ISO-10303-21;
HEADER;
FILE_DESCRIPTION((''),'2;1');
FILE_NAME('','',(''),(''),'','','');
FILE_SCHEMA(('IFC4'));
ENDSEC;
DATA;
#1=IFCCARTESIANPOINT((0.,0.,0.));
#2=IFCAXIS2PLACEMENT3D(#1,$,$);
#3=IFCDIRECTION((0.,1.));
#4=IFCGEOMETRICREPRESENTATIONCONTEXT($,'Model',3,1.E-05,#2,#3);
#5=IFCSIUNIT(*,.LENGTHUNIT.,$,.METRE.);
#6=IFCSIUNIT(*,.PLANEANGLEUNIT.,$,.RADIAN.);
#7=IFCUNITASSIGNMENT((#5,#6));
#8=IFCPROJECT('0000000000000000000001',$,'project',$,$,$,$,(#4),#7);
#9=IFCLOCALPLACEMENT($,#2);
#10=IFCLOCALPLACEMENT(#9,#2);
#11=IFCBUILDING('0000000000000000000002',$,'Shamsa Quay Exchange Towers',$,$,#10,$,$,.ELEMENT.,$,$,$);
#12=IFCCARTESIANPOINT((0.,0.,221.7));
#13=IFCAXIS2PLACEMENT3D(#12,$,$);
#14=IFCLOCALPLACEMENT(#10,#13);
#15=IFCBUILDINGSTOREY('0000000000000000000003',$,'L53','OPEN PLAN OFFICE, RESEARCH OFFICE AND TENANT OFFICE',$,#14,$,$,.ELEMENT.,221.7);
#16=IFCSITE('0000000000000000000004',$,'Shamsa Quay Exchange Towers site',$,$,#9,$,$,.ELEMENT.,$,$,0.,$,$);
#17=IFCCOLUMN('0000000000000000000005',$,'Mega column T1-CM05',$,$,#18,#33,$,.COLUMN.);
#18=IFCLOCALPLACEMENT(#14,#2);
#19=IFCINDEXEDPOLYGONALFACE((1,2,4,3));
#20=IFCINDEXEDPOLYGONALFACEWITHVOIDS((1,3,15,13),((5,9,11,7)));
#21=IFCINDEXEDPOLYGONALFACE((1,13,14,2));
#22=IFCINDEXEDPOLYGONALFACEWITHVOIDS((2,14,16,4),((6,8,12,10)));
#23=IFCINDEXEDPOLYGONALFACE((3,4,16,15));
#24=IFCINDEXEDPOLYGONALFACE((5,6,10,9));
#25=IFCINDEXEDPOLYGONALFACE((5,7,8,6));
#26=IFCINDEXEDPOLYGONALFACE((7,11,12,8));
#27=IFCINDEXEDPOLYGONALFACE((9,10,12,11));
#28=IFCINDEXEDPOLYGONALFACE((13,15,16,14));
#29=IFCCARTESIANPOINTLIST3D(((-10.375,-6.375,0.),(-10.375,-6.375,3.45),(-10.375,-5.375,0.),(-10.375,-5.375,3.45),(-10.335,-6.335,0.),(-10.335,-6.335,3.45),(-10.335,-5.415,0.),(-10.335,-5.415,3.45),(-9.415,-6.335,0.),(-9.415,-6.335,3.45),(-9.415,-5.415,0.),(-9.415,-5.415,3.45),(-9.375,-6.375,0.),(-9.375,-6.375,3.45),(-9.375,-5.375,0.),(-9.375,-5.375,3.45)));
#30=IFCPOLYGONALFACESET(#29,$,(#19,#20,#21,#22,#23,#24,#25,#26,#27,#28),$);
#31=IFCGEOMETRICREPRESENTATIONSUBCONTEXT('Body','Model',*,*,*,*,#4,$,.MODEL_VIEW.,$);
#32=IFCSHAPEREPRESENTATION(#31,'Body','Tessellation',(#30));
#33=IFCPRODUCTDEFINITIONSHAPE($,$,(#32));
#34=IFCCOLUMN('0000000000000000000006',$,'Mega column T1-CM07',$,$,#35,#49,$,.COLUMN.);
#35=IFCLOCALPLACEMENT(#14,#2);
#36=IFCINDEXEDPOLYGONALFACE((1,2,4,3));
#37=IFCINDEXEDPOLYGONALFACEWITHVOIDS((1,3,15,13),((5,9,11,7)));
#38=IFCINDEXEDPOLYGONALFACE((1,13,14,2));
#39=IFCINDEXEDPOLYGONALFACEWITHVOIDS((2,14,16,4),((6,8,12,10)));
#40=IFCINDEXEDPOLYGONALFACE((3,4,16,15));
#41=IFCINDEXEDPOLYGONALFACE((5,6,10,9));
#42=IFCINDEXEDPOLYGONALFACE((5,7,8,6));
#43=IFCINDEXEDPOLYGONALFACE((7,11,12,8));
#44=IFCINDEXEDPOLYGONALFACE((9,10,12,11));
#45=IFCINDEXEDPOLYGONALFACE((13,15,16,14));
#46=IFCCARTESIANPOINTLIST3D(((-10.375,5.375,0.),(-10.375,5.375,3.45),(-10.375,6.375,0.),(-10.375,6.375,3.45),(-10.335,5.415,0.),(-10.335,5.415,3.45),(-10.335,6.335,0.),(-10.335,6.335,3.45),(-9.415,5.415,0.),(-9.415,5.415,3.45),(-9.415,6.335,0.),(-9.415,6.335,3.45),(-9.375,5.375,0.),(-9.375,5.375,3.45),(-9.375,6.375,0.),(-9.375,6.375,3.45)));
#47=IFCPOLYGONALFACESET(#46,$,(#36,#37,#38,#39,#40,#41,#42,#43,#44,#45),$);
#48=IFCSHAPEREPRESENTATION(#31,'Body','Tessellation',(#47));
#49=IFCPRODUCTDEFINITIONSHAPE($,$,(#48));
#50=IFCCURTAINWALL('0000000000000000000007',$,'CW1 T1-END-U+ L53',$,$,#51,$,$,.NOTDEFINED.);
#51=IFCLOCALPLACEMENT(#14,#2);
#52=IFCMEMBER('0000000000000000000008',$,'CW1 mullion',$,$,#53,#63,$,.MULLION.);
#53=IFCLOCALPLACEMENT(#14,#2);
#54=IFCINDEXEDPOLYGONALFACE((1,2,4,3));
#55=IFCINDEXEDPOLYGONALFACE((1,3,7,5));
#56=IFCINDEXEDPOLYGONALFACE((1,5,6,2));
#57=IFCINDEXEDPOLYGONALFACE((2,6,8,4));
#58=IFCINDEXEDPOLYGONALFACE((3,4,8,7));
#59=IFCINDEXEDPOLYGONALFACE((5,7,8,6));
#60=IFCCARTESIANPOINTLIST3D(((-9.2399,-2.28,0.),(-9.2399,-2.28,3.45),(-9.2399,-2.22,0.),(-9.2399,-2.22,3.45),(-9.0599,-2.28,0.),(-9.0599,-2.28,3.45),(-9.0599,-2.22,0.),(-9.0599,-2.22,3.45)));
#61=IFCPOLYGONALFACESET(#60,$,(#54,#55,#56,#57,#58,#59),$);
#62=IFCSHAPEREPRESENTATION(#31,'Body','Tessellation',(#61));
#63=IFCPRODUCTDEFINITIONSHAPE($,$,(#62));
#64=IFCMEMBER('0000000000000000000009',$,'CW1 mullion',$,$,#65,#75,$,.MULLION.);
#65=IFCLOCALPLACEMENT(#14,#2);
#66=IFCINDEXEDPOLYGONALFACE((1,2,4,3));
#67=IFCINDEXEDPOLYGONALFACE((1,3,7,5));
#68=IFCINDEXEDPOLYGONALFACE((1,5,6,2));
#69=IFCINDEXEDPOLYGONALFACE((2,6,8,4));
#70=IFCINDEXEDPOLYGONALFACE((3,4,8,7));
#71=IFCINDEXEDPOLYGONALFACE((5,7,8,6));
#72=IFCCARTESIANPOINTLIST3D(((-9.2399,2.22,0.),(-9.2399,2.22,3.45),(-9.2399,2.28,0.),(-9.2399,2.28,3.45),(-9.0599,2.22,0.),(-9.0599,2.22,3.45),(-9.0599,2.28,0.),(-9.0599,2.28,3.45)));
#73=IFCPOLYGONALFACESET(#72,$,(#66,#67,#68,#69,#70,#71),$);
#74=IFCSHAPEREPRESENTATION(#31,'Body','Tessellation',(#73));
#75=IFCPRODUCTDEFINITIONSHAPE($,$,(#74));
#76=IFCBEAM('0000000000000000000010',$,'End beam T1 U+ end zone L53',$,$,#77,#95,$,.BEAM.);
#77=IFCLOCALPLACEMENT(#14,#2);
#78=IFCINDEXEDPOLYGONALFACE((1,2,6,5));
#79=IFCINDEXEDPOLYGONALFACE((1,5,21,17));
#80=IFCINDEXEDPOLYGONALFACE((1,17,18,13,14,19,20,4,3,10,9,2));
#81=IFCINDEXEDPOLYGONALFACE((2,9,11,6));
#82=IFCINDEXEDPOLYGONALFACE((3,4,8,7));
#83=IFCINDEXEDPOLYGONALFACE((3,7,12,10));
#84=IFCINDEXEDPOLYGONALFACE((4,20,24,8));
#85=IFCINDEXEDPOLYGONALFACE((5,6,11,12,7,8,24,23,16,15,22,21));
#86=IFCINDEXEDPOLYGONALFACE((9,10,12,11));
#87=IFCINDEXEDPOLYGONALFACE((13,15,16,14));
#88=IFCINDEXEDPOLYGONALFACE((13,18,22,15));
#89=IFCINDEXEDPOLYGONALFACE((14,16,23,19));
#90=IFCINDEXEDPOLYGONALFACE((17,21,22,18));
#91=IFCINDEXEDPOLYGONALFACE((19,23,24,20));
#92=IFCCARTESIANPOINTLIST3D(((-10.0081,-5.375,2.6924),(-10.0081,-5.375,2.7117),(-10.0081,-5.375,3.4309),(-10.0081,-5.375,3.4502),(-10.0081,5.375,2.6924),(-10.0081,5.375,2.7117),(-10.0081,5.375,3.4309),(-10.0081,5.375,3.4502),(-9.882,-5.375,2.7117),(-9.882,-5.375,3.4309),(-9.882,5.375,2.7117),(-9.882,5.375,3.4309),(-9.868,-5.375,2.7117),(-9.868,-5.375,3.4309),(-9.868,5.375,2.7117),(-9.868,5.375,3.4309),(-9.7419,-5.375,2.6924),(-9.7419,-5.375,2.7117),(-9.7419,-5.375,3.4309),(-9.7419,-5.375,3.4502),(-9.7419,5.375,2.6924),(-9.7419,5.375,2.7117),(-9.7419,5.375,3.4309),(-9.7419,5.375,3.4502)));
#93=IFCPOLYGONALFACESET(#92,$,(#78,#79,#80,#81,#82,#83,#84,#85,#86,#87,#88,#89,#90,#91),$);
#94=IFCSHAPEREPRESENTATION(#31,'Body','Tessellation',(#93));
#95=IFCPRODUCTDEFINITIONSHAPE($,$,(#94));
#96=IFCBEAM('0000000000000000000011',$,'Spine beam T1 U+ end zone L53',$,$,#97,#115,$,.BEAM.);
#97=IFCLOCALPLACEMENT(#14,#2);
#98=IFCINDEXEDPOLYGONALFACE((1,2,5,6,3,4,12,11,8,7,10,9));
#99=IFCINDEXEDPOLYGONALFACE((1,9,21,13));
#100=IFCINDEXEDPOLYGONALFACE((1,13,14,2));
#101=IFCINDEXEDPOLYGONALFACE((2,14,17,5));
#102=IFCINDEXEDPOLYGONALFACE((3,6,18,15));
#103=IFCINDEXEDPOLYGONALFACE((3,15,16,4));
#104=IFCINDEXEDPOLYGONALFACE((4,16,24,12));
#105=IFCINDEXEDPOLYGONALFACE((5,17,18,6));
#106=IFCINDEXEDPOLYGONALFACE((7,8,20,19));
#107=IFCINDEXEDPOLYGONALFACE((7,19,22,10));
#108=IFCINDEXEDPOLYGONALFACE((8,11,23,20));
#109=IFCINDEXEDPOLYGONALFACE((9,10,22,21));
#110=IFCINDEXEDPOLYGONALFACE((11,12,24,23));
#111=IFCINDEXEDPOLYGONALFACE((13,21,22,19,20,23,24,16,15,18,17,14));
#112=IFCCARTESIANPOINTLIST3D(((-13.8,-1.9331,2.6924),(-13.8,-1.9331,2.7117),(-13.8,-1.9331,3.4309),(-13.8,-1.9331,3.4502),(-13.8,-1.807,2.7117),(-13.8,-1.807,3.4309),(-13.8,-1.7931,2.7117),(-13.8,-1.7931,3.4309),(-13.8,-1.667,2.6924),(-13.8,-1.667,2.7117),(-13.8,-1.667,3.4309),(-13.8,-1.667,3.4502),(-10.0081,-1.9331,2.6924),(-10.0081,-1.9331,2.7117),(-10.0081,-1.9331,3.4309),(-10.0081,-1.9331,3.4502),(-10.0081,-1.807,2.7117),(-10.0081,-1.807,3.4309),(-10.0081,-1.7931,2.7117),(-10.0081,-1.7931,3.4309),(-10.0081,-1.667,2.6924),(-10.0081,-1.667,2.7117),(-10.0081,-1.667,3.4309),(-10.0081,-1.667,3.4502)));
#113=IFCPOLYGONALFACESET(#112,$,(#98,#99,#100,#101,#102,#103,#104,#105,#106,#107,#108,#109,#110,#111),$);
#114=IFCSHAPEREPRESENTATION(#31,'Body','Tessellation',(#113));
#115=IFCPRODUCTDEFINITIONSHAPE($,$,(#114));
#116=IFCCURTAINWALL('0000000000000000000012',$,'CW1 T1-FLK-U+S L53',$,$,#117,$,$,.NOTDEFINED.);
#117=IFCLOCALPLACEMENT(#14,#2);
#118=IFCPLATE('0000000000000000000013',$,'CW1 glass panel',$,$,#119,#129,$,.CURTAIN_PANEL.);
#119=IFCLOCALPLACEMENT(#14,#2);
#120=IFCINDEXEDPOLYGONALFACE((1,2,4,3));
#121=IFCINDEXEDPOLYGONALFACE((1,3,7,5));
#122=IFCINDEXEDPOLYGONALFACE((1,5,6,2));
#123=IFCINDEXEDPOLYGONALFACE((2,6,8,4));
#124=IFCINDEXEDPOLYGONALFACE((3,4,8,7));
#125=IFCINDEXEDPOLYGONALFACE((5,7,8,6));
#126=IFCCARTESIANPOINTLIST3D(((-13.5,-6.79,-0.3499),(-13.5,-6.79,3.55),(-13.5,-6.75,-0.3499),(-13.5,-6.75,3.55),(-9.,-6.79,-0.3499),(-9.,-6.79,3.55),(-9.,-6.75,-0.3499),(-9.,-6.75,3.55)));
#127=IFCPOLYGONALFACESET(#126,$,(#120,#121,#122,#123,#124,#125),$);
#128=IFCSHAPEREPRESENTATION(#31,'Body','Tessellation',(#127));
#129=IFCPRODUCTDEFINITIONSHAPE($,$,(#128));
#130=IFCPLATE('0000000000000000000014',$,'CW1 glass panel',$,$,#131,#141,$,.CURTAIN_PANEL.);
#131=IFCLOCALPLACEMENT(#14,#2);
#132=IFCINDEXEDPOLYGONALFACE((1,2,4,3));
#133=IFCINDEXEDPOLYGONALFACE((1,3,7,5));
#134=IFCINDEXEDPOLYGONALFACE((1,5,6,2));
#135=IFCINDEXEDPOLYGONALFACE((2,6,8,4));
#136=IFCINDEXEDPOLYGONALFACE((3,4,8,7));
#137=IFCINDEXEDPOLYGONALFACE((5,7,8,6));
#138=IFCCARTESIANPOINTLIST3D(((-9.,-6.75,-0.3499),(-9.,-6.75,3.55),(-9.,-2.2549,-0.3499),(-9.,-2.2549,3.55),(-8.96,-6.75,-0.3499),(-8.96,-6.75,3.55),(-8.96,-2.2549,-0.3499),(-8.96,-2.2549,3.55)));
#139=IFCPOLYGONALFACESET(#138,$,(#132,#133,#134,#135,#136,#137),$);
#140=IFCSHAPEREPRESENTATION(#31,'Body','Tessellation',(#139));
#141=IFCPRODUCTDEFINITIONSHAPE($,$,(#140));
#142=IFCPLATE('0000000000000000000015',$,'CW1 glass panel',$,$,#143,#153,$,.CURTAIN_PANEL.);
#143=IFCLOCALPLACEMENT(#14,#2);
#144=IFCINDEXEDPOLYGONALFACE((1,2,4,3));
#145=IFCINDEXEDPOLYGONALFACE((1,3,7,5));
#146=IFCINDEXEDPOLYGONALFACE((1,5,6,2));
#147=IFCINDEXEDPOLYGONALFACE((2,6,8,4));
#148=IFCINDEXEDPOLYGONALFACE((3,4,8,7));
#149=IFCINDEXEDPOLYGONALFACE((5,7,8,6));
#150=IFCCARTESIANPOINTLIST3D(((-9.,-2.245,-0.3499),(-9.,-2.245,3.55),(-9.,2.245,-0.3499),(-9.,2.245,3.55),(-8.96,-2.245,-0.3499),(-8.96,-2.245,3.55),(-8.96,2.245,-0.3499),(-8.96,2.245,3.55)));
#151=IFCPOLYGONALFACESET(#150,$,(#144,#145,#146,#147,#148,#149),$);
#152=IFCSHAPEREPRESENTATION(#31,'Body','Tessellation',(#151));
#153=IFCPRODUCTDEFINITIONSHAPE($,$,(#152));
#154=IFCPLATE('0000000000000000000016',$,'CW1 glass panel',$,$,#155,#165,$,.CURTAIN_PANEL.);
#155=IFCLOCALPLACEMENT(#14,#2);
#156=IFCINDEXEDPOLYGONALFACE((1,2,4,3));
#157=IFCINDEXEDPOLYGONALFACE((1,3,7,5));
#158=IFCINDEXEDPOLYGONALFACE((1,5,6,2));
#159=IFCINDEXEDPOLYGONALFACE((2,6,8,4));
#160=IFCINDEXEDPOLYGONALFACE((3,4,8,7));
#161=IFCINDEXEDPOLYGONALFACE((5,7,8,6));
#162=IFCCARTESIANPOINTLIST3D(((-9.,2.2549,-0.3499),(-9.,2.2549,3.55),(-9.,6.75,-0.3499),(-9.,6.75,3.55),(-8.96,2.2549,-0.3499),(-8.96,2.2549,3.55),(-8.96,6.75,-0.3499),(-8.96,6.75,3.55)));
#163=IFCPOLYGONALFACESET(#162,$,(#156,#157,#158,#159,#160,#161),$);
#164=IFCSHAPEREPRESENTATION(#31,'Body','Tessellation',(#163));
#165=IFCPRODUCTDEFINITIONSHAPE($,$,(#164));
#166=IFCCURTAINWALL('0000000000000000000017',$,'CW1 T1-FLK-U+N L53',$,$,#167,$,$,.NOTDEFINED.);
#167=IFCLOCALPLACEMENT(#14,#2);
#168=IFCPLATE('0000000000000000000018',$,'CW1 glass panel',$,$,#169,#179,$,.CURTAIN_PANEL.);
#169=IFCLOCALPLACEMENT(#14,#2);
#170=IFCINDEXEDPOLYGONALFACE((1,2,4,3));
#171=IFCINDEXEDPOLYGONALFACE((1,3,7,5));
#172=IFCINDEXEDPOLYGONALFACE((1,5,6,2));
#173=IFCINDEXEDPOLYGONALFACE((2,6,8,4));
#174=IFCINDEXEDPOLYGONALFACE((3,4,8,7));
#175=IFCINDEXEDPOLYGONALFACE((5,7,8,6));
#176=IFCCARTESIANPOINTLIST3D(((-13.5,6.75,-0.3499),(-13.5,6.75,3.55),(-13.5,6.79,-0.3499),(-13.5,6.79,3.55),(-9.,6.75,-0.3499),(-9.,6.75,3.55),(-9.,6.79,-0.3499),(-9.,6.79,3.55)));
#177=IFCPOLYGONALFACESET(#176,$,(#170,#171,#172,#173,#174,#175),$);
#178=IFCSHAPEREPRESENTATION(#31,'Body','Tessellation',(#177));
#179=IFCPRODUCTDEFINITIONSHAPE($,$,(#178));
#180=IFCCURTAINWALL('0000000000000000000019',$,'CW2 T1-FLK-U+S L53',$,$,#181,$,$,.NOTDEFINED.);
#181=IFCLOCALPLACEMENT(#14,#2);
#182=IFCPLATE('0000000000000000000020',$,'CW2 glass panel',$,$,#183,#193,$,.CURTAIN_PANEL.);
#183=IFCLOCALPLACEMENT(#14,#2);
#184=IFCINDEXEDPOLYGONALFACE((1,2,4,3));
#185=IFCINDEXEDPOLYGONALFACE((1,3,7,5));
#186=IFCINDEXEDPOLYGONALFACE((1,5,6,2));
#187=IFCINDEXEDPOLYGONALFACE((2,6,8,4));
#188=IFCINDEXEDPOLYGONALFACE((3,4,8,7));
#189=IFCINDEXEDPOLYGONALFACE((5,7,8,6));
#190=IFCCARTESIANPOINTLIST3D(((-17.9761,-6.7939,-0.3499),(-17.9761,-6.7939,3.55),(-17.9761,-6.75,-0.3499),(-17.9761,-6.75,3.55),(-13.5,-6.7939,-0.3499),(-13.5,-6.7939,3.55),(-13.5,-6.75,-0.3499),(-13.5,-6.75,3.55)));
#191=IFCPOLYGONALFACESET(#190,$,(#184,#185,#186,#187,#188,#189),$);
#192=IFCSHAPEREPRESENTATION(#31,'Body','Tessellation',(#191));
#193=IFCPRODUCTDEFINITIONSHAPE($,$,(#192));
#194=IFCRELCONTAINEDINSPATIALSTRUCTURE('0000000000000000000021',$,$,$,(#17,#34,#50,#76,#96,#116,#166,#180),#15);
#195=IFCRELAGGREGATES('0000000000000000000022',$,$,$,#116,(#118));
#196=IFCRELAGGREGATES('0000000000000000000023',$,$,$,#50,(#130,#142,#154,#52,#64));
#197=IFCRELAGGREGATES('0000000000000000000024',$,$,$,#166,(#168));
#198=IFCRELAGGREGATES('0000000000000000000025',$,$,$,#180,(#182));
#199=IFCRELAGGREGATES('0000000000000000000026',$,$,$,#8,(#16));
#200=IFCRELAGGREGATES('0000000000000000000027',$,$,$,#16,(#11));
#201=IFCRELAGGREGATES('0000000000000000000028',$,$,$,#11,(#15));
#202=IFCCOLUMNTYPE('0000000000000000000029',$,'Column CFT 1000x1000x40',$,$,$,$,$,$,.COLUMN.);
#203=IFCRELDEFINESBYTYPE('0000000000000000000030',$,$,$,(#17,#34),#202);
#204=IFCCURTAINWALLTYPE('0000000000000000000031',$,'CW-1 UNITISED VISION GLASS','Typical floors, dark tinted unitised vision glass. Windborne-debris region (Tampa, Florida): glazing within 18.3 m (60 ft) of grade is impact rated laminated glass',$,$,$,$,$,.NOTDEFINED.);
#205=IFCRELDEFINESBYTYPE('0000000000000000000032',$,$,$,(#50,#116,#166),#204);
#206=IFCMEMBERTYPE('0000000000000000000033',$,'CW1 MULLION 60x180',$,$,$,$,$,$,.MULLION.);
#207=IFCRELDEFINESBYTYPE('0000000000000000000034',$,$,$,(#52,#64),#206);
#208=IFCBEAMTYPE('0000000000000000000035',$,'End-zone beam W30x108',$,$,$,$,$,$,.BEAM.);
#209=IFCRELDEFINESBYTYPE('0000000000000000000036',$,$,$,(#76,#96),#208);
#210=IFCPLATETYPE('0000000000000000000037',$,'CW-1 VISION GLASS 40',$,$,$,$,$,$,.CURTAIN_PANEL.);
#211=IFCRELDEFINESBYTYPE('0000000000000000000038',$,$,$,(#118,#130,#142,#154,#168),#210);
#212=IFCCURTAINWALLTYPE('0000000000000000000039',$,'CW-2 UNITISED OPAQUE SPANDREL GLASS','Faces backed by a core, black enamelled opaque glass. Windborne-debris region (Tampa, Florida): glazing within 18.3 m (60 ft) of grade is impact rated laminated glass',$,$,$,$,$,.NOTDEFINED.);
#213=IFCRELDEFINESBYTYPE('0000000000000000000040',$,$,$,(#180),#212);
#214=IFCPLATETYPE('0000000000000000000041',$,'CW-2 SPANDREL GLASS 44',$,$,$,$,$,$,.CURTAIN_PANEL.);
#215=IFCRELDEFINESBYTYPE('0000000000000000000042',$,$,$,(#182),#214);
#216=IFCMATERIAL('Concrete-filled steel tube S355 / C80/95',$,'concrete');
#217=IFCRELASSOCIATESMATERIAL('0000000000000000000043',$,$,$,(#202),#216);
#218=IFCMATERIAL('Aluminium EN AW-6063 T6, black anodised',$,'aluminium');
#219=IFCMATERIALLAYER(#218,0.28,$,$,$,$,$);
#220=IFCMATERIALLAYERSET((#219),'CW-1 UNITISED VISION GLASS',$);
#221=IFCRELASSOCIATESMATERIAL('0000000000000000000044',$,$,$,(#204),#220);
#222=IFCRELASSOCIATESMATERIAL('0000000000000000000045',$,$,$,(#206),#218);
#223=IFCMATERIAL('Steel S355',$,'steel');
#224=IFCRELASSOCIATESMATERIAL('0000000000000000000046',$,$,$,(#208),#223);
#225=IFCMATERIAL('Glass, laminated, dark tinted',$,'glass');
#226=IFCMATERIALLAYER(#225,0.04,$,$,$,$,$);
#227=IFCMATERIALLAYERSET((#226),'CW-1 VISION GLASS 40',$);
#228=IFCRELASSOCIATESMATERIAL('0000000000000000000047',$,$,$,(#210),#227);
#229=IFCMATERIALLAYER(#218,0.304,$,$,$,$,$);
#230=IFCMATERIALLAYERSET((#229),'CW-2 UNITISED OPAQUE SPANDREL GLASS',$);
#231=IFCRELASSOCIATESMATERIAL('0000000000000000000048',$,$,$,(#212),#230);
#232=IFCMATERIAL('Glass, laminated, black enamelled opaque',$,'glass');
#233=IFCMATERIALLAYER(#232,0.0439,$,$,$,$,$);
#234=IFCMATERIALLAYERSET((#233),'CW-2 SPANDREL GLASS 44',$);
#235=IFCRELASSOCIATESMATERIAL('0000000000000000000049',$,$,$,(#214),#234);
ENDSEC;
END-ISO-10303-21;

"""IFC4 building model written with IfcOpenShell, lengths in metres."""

from ifc_helpers import new_model, si_unit, direction, frame, origin, origin_2d, place, context, subcontext, project, spatial, rectangle, hollow_rectangle, i_section, extrude, material, layer, layer_set, material_profile, profile_set, type_object, element, aggregate, save


model = new_model("IFC4")

# Units and contexts
model_context = context("Model", 3, precision=1e-05, world=origin(), true_north=direction((0.0, 1.0)))
body_context = subcontext(model_context, "Body", "Model", "MODEL_VIEW")
ifc_project = project(units=[si_unit("LENGTHUNIT", "METRE"), si_unit("PLANEANGLEUNIT", "RADIAN")], contexts=[model_context])

# Site, building, storey
site_placement = place(None, origin())
site = spatial("IfcSite", under=ifc_project, at=site_placement, Name="Shamsa Quay Exchange Towers site", CompositionType="ELEMENT", RefElevation=0.0)
building_placement = place(site_placement, origin())
building = spatial("IfcBuilding", under=site, at=building_placement, Name="Shamsa Quay Exchange Towers", CompositionType="ELEMENT")
storey_placement = place(building_placement, frame((0.0, 0.0, 221.7)))
storey = spatial("IfcBuildingStorey", under=building, at=storey_placement, Name="L53", Description="OPEN PLAN OFFICE, RESEARCH OFFICE AND TENANT OFFICE", CompositionType="ELEMENT", Elevation=221.7)

# Columns
ifc_material_1 = material(Name="Concrete-filled steel tube S355 / C80/95", Category="concrete")
ifc_material_profile_1 = material_profile(ifc_material_1, hollow_rectangle(XDim=1.0, YDim=1.0, WallThickness=0.04, at=origin_2d()), Name="CFT 1000x1000x40")
ifc_profile_set_1 = profile_set([ifc_material_profile_1], Name="Concrete-filled steel tube S355 / C80/95")
column_type = type_object("IfcColumnType", Name="Column CFT 1000x1000x40", PredefinedType="COLUMN", material=ifc_profile_set_1)
for number, where, name in (
    (1, (-9.875, -5.875, 0.0), "Mega column T1-CM05"),
    (2, (-9.875, 5.875, 0.0), "Mega column T1-CM07"),
):
    element("IfcColumn", number, at=place(storey_placement, frame(where)), inside=storey, type_object=column_type, Name=name, PredefinedType="COLUMN", context=body_context, shape_type="SweptSolid", body=[
        extrude(hollow_rectangle(XDim=1.0, YDim=1.0, WallThickness=0.04, at=origin_2d()), origin(), (0.0, 0.0, 1.0), 3.45),
    ])

# Curtain wall, members
ifc_material_2 = material(Name="Aluminium EN AW-6063 T6, black anodised", Category="aluminium")
ifc_layer_1 = layer(ifc_material_2, 0.28)
ifc_layer_set_1 = layer_set([ifc_layer_1], Name="CW-1 UNITISED VISION GLASS")
curtain_wall_type_1 = type_object("IfcCurtainWallType", Name="CW-1 UNITISED VISION GLASS", Description="Typical floors, dark tinted unitised vision glass. Windborne-debris region (Tampa, Florida): glazing within 18.3 m (60 ft) of grade is impact rated laminated glass", PredefinedType="NOTDEFINED", material=ifc_layer_set_1)
curtain_wall_1_placement = place(storey_placement, origin())
curtain_wall_1 = element("IfcCurtainWall", 3, at=curtain_wall_1_placement, inside=storey, type_object=curtain_wall_type_1, Name="CW1 T1-END-U+ L53", PredefinedType="NOTDEFINED")
ifc_material_profile_2 = material_profile(ifc_material_2, rectangle(XDim=0.1799, YDim=0.0601, at=origin_2d()), Name="MU60x180")
ifc_profile_set_2 = profile_set([ifc_material_profile_2], Name="Aluminium EN AW-6063 T6, black anodised")
member_type = type_object("IfcMemberType", Name="CW1 MULLION 60x180", PredefinedType="MULLION", material=ifc_profile_set_2)
member_1_placement = place(storey_placement, frame((-9.1499, -2.25, 0.0), z_axis=(0.0, 0.0, 1.0), x_axis=(-1.0, 0.0, 0.0)))
member_1 = element("IfcMember", 4, at=member_1_placement, type_object=member_type, Name="CW1 mullion", PredefinedType="MULLION", context=body_context, shape_type="SweptSolid", body=[
    extrude(rectangle(XDim=0.1799, YDim=0.0601, at=origin_2d()), origin(), (0.0, 0.0, 1.0), 3.45),
])
member_2_placement = place(storey_placement, frame((-9.1499, 2.25, 0.0), z_axis=(0.0, 0.0, 1.0), x_axis=(-1.0, 0.0, 0.0)))
member_2 = element("IfcMember", 5, at=member_2_placement, type_object=member_type, Name="CW1 mullion", PredefinedType="MULLION", context=body_context, shape_type="SweptSolid", body=[
    extrude(rectangle(XDim=0.1799, YDim=0.0601, at=origin_2d()), origin(), (0.0, 0.0, 1.0), 3.45),
])

# Beams
ifc_material_3 = material(Name="Steel S355", Category="steel")
ifc_material_profile_3 = material_profile(ifc_material_3, i_section(OverallWidth=0.2661, OverallDepth=0.7578, WebThickness=0.0139, FlangeThickness=0.0193, at=origin_2d()), Name="W30x108")
ifc_profile_set_3 = profile_set([ifc_material_profile_3], Name="Steel S355")
beam_type = type_object("IfcBeamType", Name="End-zone beam W30x108", PredefinedType="BEAM", material=ifc_profile_set_3)
beam_1_placement = place(storey_placement, frame((-9.875, -5.375, 3.0713), z_axis=(0.0, 1.0, 0.0), x_axis=(-1.0, 0.0, 0.0)))
element("IfcBeam", 6, at=beam_1_placement, inside=storey, type_object=beam_type, Name="End beam T1 U+ end zone L53", PredefinedType="BEAM", context=body_context, shape_type="SweptSolid", body=[
    extrude(i_section(OverallWidth=0.2661, OverallDepth=0.7578, WebThickness=0.0139, FlangeThickness=0.0193, at=origin_2d()), origin(), (0.0, 0.0, 1.0), 10.75),
])
beam_2_placement = place(storey_placement, frame((-13.8, -1.8, 3.0713), z_axis=(1.0, 0.0, 0.0), x_axis=(0.0, 1.0, 0.0)))
element("IfcBeam", 7, at=beam_2_placement, inside=storey, type_object=beam_type, Name="Spine beam T1 U+ end zone L53", PredefinedType="BEAM", context=body_context, shape_type="SweptSolid", body=[
    extrude(i_section(OverallWidth=0.2661, OverallDepth=0.7578, WebThickness=0.0139, FlangeThickness=0.0193, at=origin_2d()), origin(), (0.0, 0.0, 1.0), 3.792),
])

# Curtain wall, plate
curtain_wall_2_placement = place(storey_placement, origin())
curtain_wall_2 = element("IfcCurtainWall", 8, at=curtain_wall_2_placement, inside=storey, type_object=curtain_wall_type_1, Name="CW1 T1-FLK-U+S L53", PredefinedType="NOTDEFINED")
ifc_material_4 = material(Name="Glass, laminated, dark tinted", Category="glass")
ifc_layer_2 = layer(ifc_material_4, 0.04)
ifc_layer_set_2 = layer_set([ifc_layer_2], Name="CW-1 VISION GLASS 40")
plate_type_1 = type_object("IfcPlateType", Name="CW-1 VISION GLASS 40", PredefinedType="CURTAIN_PANEL", material=ifc_layer_set_2)
plate_1_placement = place(storey_placement, frame((-11.25, -6.77, -0.3499)))
plate_1 = element("IfcPlate", 9, at=plate_1_placement, type_object=plate_type_1, Name="CW1 glass panel", PredefinedType="CURTAIN_PANEL", context=body_context, shape_type="SweptSolid", body=[
    extrude(rectangle(XDim=4.5, YDim=0.04, at=origin_2d()), origin(), (0.0, 0.0, 1.0), 3.8999),
])
aggregate(curtain_wall_2, [plate_1])

# Plates
plate_2_placement = place(storey_placement, frame((-8.98, -4.5024, -0.3499), z_axis=(0.0, 0.0, 1.0), x_axis=(0.0, 1.0, 0.0)))
plate_2 = element("IfcPlate", 10, at=plate_2_placement, type_object=plate_type_1, Name="CW1 glass panel", PredefinedType="CURTAIN_PANEL", context=body_context, shape_type="SweptSolid", body=[
    extrude(rectangle(XDim=4.4951, YDim=0.04, at=origin_2d()), origin(), (0.0, 0.0, 1.0), 3.8999),
])
plate_3_placement = place(storey_placement, frame((-8.98, 0.0, -0.3499), z_axis=(0.0, 0.0, 1.0), x_axis=(0.0, 1.0, 0.0)))
plate_3 = element("IfcPlate", 11, at=plate_3_placement, type_object=plate_type_1, Name="CW1 glass panel", PredefinedType="CURTAIN_PANEL", context=body_context, shape_type="SweptSolid", body=[
    extrude(rectangle(XDim=4.49, YDim=0.04, at=origin_2d()), origin(), (0.0, 0.0, 1.0), 3.8999),
])
plate_4_placement = place(storey_placement, frame((-8.98, 4.5024, -0.3499), z_axis=(0.0, 0.0, 1.0), x_axis=(0.0, 1.0, 0.0)))
plate_4 = element("IfcPlate", 12, at=plate_4_placement, type_object=plate_type_1, Name="CW1 glass panel", PredefinedType="CURTAIN_PANEL", context=body_context, shape_type="SweptSolid", body=[
    extrude(rectangle(XDim=4.4951, YDim=0.04, at=origin_2d()), origin(), (0.0, 0.0, 1.0), 3.8999),
])
aggregate(curtain_wall_1, [plate_2, plate_3, plate_4, member_1, member_2])

# Curtain walls, plates
curtain_wall_3_placement = place(storey_placement, origin())
curtain_wall_3 = element("IfcCurtainWall", 13, at=curtain_wall_3_placement, inside=storey, type_object=curtain_wall_type_1, Name="CW1 T1-FLK-U+N L53", PredefinedType="NOTDEFINED")
plate_5_placement = place(storey_placement, frame((-11.25, 6.77, -0.3499), z_axis=(0.0, 0.0, 1.0), x_axis=(-1.0, 0.0, 0.0)))
plate_5 = element("IfcPlate", 14, at=plate_5_placement, type_object=plate_type_1, Name="CW1 glass panel", PredefinedType="CURTAIN_PANEL", context=body_context, shape_type="SweptSolid", body=[
    extrude(rectangle(XDim=4.5, YDim=0.04, at=origin_2d()), origin(), (0.0, 0.0, 1.0), 3.8999),
])
aggregate(curtain_wall_3, [plate_5])
ifc_layer_3 = layer(ifc_material_2, 0.304)
ifc_layer_set_3 = layer_set([ifc_layer_3], Name="CW-2 UNITISED OPAQUE SPANDREL GLASS")
curtain_wall_type_2 = type_object("IfcCurtainWallType", Name="CW-2 UNITISED OPAQUE SPANDREL GLASS", Description="Faces backed by a core, black enamelled opaque glass. Windborne-debris region (Tampa, Florida): glazing within 18.3 m (60 ft) of grade is impact rated laminated glass", PredefinedType="NOTDEFINED", material=ifc_layer_set_3)
curtain_wall_4_placement = place(storey_placement, origin())
curtain_wall_4 = element("IfcCurtainWall", 15, at=curtain_wall_4_placement, inside=storey, type_object=curtain_wall_type_2, Name="CW2 T1-FLK-U+S L53", PredefinedType="NOTDEFINED")
ifc_material_5 = material(Name="Glass, laminated, black enamelled opaque", Category="glass")
ifc_layer_4 = layer(ifc_material_5, 0.0439)
ifc_layer_set_4 = layer_set([ifc_layer_4], Name="CW-2 SPANDREL GLASS 44")
plate_type_2 = type_object("IfcPlateType", Name="CW-2 SPANDREL GLASS 44", PredefinedType="CURTAIN_PANEL", material=ifc_layer_set_4)
plate_6_placement = place(storey_placement, frame((-15.738, -6.772, -0.3499)))
plate_6 = element("IfcPlate", 16, at=plate_6_placement, type_object=plate_type_2, Name="CW2 glass panel", PredefinedType="CURTAIN_PANEL", context=body_context, shape_type="SweptSolid", body=[
    extrude(rectangle(XDim=4.4761, YDim=0.0439, at=origin_2d()), origin(), (0.0, 0.0, 1.0), 3.8999),
])
aggregate(curtain_wall_4, [plate_6])

save(model, "model.ifc")
